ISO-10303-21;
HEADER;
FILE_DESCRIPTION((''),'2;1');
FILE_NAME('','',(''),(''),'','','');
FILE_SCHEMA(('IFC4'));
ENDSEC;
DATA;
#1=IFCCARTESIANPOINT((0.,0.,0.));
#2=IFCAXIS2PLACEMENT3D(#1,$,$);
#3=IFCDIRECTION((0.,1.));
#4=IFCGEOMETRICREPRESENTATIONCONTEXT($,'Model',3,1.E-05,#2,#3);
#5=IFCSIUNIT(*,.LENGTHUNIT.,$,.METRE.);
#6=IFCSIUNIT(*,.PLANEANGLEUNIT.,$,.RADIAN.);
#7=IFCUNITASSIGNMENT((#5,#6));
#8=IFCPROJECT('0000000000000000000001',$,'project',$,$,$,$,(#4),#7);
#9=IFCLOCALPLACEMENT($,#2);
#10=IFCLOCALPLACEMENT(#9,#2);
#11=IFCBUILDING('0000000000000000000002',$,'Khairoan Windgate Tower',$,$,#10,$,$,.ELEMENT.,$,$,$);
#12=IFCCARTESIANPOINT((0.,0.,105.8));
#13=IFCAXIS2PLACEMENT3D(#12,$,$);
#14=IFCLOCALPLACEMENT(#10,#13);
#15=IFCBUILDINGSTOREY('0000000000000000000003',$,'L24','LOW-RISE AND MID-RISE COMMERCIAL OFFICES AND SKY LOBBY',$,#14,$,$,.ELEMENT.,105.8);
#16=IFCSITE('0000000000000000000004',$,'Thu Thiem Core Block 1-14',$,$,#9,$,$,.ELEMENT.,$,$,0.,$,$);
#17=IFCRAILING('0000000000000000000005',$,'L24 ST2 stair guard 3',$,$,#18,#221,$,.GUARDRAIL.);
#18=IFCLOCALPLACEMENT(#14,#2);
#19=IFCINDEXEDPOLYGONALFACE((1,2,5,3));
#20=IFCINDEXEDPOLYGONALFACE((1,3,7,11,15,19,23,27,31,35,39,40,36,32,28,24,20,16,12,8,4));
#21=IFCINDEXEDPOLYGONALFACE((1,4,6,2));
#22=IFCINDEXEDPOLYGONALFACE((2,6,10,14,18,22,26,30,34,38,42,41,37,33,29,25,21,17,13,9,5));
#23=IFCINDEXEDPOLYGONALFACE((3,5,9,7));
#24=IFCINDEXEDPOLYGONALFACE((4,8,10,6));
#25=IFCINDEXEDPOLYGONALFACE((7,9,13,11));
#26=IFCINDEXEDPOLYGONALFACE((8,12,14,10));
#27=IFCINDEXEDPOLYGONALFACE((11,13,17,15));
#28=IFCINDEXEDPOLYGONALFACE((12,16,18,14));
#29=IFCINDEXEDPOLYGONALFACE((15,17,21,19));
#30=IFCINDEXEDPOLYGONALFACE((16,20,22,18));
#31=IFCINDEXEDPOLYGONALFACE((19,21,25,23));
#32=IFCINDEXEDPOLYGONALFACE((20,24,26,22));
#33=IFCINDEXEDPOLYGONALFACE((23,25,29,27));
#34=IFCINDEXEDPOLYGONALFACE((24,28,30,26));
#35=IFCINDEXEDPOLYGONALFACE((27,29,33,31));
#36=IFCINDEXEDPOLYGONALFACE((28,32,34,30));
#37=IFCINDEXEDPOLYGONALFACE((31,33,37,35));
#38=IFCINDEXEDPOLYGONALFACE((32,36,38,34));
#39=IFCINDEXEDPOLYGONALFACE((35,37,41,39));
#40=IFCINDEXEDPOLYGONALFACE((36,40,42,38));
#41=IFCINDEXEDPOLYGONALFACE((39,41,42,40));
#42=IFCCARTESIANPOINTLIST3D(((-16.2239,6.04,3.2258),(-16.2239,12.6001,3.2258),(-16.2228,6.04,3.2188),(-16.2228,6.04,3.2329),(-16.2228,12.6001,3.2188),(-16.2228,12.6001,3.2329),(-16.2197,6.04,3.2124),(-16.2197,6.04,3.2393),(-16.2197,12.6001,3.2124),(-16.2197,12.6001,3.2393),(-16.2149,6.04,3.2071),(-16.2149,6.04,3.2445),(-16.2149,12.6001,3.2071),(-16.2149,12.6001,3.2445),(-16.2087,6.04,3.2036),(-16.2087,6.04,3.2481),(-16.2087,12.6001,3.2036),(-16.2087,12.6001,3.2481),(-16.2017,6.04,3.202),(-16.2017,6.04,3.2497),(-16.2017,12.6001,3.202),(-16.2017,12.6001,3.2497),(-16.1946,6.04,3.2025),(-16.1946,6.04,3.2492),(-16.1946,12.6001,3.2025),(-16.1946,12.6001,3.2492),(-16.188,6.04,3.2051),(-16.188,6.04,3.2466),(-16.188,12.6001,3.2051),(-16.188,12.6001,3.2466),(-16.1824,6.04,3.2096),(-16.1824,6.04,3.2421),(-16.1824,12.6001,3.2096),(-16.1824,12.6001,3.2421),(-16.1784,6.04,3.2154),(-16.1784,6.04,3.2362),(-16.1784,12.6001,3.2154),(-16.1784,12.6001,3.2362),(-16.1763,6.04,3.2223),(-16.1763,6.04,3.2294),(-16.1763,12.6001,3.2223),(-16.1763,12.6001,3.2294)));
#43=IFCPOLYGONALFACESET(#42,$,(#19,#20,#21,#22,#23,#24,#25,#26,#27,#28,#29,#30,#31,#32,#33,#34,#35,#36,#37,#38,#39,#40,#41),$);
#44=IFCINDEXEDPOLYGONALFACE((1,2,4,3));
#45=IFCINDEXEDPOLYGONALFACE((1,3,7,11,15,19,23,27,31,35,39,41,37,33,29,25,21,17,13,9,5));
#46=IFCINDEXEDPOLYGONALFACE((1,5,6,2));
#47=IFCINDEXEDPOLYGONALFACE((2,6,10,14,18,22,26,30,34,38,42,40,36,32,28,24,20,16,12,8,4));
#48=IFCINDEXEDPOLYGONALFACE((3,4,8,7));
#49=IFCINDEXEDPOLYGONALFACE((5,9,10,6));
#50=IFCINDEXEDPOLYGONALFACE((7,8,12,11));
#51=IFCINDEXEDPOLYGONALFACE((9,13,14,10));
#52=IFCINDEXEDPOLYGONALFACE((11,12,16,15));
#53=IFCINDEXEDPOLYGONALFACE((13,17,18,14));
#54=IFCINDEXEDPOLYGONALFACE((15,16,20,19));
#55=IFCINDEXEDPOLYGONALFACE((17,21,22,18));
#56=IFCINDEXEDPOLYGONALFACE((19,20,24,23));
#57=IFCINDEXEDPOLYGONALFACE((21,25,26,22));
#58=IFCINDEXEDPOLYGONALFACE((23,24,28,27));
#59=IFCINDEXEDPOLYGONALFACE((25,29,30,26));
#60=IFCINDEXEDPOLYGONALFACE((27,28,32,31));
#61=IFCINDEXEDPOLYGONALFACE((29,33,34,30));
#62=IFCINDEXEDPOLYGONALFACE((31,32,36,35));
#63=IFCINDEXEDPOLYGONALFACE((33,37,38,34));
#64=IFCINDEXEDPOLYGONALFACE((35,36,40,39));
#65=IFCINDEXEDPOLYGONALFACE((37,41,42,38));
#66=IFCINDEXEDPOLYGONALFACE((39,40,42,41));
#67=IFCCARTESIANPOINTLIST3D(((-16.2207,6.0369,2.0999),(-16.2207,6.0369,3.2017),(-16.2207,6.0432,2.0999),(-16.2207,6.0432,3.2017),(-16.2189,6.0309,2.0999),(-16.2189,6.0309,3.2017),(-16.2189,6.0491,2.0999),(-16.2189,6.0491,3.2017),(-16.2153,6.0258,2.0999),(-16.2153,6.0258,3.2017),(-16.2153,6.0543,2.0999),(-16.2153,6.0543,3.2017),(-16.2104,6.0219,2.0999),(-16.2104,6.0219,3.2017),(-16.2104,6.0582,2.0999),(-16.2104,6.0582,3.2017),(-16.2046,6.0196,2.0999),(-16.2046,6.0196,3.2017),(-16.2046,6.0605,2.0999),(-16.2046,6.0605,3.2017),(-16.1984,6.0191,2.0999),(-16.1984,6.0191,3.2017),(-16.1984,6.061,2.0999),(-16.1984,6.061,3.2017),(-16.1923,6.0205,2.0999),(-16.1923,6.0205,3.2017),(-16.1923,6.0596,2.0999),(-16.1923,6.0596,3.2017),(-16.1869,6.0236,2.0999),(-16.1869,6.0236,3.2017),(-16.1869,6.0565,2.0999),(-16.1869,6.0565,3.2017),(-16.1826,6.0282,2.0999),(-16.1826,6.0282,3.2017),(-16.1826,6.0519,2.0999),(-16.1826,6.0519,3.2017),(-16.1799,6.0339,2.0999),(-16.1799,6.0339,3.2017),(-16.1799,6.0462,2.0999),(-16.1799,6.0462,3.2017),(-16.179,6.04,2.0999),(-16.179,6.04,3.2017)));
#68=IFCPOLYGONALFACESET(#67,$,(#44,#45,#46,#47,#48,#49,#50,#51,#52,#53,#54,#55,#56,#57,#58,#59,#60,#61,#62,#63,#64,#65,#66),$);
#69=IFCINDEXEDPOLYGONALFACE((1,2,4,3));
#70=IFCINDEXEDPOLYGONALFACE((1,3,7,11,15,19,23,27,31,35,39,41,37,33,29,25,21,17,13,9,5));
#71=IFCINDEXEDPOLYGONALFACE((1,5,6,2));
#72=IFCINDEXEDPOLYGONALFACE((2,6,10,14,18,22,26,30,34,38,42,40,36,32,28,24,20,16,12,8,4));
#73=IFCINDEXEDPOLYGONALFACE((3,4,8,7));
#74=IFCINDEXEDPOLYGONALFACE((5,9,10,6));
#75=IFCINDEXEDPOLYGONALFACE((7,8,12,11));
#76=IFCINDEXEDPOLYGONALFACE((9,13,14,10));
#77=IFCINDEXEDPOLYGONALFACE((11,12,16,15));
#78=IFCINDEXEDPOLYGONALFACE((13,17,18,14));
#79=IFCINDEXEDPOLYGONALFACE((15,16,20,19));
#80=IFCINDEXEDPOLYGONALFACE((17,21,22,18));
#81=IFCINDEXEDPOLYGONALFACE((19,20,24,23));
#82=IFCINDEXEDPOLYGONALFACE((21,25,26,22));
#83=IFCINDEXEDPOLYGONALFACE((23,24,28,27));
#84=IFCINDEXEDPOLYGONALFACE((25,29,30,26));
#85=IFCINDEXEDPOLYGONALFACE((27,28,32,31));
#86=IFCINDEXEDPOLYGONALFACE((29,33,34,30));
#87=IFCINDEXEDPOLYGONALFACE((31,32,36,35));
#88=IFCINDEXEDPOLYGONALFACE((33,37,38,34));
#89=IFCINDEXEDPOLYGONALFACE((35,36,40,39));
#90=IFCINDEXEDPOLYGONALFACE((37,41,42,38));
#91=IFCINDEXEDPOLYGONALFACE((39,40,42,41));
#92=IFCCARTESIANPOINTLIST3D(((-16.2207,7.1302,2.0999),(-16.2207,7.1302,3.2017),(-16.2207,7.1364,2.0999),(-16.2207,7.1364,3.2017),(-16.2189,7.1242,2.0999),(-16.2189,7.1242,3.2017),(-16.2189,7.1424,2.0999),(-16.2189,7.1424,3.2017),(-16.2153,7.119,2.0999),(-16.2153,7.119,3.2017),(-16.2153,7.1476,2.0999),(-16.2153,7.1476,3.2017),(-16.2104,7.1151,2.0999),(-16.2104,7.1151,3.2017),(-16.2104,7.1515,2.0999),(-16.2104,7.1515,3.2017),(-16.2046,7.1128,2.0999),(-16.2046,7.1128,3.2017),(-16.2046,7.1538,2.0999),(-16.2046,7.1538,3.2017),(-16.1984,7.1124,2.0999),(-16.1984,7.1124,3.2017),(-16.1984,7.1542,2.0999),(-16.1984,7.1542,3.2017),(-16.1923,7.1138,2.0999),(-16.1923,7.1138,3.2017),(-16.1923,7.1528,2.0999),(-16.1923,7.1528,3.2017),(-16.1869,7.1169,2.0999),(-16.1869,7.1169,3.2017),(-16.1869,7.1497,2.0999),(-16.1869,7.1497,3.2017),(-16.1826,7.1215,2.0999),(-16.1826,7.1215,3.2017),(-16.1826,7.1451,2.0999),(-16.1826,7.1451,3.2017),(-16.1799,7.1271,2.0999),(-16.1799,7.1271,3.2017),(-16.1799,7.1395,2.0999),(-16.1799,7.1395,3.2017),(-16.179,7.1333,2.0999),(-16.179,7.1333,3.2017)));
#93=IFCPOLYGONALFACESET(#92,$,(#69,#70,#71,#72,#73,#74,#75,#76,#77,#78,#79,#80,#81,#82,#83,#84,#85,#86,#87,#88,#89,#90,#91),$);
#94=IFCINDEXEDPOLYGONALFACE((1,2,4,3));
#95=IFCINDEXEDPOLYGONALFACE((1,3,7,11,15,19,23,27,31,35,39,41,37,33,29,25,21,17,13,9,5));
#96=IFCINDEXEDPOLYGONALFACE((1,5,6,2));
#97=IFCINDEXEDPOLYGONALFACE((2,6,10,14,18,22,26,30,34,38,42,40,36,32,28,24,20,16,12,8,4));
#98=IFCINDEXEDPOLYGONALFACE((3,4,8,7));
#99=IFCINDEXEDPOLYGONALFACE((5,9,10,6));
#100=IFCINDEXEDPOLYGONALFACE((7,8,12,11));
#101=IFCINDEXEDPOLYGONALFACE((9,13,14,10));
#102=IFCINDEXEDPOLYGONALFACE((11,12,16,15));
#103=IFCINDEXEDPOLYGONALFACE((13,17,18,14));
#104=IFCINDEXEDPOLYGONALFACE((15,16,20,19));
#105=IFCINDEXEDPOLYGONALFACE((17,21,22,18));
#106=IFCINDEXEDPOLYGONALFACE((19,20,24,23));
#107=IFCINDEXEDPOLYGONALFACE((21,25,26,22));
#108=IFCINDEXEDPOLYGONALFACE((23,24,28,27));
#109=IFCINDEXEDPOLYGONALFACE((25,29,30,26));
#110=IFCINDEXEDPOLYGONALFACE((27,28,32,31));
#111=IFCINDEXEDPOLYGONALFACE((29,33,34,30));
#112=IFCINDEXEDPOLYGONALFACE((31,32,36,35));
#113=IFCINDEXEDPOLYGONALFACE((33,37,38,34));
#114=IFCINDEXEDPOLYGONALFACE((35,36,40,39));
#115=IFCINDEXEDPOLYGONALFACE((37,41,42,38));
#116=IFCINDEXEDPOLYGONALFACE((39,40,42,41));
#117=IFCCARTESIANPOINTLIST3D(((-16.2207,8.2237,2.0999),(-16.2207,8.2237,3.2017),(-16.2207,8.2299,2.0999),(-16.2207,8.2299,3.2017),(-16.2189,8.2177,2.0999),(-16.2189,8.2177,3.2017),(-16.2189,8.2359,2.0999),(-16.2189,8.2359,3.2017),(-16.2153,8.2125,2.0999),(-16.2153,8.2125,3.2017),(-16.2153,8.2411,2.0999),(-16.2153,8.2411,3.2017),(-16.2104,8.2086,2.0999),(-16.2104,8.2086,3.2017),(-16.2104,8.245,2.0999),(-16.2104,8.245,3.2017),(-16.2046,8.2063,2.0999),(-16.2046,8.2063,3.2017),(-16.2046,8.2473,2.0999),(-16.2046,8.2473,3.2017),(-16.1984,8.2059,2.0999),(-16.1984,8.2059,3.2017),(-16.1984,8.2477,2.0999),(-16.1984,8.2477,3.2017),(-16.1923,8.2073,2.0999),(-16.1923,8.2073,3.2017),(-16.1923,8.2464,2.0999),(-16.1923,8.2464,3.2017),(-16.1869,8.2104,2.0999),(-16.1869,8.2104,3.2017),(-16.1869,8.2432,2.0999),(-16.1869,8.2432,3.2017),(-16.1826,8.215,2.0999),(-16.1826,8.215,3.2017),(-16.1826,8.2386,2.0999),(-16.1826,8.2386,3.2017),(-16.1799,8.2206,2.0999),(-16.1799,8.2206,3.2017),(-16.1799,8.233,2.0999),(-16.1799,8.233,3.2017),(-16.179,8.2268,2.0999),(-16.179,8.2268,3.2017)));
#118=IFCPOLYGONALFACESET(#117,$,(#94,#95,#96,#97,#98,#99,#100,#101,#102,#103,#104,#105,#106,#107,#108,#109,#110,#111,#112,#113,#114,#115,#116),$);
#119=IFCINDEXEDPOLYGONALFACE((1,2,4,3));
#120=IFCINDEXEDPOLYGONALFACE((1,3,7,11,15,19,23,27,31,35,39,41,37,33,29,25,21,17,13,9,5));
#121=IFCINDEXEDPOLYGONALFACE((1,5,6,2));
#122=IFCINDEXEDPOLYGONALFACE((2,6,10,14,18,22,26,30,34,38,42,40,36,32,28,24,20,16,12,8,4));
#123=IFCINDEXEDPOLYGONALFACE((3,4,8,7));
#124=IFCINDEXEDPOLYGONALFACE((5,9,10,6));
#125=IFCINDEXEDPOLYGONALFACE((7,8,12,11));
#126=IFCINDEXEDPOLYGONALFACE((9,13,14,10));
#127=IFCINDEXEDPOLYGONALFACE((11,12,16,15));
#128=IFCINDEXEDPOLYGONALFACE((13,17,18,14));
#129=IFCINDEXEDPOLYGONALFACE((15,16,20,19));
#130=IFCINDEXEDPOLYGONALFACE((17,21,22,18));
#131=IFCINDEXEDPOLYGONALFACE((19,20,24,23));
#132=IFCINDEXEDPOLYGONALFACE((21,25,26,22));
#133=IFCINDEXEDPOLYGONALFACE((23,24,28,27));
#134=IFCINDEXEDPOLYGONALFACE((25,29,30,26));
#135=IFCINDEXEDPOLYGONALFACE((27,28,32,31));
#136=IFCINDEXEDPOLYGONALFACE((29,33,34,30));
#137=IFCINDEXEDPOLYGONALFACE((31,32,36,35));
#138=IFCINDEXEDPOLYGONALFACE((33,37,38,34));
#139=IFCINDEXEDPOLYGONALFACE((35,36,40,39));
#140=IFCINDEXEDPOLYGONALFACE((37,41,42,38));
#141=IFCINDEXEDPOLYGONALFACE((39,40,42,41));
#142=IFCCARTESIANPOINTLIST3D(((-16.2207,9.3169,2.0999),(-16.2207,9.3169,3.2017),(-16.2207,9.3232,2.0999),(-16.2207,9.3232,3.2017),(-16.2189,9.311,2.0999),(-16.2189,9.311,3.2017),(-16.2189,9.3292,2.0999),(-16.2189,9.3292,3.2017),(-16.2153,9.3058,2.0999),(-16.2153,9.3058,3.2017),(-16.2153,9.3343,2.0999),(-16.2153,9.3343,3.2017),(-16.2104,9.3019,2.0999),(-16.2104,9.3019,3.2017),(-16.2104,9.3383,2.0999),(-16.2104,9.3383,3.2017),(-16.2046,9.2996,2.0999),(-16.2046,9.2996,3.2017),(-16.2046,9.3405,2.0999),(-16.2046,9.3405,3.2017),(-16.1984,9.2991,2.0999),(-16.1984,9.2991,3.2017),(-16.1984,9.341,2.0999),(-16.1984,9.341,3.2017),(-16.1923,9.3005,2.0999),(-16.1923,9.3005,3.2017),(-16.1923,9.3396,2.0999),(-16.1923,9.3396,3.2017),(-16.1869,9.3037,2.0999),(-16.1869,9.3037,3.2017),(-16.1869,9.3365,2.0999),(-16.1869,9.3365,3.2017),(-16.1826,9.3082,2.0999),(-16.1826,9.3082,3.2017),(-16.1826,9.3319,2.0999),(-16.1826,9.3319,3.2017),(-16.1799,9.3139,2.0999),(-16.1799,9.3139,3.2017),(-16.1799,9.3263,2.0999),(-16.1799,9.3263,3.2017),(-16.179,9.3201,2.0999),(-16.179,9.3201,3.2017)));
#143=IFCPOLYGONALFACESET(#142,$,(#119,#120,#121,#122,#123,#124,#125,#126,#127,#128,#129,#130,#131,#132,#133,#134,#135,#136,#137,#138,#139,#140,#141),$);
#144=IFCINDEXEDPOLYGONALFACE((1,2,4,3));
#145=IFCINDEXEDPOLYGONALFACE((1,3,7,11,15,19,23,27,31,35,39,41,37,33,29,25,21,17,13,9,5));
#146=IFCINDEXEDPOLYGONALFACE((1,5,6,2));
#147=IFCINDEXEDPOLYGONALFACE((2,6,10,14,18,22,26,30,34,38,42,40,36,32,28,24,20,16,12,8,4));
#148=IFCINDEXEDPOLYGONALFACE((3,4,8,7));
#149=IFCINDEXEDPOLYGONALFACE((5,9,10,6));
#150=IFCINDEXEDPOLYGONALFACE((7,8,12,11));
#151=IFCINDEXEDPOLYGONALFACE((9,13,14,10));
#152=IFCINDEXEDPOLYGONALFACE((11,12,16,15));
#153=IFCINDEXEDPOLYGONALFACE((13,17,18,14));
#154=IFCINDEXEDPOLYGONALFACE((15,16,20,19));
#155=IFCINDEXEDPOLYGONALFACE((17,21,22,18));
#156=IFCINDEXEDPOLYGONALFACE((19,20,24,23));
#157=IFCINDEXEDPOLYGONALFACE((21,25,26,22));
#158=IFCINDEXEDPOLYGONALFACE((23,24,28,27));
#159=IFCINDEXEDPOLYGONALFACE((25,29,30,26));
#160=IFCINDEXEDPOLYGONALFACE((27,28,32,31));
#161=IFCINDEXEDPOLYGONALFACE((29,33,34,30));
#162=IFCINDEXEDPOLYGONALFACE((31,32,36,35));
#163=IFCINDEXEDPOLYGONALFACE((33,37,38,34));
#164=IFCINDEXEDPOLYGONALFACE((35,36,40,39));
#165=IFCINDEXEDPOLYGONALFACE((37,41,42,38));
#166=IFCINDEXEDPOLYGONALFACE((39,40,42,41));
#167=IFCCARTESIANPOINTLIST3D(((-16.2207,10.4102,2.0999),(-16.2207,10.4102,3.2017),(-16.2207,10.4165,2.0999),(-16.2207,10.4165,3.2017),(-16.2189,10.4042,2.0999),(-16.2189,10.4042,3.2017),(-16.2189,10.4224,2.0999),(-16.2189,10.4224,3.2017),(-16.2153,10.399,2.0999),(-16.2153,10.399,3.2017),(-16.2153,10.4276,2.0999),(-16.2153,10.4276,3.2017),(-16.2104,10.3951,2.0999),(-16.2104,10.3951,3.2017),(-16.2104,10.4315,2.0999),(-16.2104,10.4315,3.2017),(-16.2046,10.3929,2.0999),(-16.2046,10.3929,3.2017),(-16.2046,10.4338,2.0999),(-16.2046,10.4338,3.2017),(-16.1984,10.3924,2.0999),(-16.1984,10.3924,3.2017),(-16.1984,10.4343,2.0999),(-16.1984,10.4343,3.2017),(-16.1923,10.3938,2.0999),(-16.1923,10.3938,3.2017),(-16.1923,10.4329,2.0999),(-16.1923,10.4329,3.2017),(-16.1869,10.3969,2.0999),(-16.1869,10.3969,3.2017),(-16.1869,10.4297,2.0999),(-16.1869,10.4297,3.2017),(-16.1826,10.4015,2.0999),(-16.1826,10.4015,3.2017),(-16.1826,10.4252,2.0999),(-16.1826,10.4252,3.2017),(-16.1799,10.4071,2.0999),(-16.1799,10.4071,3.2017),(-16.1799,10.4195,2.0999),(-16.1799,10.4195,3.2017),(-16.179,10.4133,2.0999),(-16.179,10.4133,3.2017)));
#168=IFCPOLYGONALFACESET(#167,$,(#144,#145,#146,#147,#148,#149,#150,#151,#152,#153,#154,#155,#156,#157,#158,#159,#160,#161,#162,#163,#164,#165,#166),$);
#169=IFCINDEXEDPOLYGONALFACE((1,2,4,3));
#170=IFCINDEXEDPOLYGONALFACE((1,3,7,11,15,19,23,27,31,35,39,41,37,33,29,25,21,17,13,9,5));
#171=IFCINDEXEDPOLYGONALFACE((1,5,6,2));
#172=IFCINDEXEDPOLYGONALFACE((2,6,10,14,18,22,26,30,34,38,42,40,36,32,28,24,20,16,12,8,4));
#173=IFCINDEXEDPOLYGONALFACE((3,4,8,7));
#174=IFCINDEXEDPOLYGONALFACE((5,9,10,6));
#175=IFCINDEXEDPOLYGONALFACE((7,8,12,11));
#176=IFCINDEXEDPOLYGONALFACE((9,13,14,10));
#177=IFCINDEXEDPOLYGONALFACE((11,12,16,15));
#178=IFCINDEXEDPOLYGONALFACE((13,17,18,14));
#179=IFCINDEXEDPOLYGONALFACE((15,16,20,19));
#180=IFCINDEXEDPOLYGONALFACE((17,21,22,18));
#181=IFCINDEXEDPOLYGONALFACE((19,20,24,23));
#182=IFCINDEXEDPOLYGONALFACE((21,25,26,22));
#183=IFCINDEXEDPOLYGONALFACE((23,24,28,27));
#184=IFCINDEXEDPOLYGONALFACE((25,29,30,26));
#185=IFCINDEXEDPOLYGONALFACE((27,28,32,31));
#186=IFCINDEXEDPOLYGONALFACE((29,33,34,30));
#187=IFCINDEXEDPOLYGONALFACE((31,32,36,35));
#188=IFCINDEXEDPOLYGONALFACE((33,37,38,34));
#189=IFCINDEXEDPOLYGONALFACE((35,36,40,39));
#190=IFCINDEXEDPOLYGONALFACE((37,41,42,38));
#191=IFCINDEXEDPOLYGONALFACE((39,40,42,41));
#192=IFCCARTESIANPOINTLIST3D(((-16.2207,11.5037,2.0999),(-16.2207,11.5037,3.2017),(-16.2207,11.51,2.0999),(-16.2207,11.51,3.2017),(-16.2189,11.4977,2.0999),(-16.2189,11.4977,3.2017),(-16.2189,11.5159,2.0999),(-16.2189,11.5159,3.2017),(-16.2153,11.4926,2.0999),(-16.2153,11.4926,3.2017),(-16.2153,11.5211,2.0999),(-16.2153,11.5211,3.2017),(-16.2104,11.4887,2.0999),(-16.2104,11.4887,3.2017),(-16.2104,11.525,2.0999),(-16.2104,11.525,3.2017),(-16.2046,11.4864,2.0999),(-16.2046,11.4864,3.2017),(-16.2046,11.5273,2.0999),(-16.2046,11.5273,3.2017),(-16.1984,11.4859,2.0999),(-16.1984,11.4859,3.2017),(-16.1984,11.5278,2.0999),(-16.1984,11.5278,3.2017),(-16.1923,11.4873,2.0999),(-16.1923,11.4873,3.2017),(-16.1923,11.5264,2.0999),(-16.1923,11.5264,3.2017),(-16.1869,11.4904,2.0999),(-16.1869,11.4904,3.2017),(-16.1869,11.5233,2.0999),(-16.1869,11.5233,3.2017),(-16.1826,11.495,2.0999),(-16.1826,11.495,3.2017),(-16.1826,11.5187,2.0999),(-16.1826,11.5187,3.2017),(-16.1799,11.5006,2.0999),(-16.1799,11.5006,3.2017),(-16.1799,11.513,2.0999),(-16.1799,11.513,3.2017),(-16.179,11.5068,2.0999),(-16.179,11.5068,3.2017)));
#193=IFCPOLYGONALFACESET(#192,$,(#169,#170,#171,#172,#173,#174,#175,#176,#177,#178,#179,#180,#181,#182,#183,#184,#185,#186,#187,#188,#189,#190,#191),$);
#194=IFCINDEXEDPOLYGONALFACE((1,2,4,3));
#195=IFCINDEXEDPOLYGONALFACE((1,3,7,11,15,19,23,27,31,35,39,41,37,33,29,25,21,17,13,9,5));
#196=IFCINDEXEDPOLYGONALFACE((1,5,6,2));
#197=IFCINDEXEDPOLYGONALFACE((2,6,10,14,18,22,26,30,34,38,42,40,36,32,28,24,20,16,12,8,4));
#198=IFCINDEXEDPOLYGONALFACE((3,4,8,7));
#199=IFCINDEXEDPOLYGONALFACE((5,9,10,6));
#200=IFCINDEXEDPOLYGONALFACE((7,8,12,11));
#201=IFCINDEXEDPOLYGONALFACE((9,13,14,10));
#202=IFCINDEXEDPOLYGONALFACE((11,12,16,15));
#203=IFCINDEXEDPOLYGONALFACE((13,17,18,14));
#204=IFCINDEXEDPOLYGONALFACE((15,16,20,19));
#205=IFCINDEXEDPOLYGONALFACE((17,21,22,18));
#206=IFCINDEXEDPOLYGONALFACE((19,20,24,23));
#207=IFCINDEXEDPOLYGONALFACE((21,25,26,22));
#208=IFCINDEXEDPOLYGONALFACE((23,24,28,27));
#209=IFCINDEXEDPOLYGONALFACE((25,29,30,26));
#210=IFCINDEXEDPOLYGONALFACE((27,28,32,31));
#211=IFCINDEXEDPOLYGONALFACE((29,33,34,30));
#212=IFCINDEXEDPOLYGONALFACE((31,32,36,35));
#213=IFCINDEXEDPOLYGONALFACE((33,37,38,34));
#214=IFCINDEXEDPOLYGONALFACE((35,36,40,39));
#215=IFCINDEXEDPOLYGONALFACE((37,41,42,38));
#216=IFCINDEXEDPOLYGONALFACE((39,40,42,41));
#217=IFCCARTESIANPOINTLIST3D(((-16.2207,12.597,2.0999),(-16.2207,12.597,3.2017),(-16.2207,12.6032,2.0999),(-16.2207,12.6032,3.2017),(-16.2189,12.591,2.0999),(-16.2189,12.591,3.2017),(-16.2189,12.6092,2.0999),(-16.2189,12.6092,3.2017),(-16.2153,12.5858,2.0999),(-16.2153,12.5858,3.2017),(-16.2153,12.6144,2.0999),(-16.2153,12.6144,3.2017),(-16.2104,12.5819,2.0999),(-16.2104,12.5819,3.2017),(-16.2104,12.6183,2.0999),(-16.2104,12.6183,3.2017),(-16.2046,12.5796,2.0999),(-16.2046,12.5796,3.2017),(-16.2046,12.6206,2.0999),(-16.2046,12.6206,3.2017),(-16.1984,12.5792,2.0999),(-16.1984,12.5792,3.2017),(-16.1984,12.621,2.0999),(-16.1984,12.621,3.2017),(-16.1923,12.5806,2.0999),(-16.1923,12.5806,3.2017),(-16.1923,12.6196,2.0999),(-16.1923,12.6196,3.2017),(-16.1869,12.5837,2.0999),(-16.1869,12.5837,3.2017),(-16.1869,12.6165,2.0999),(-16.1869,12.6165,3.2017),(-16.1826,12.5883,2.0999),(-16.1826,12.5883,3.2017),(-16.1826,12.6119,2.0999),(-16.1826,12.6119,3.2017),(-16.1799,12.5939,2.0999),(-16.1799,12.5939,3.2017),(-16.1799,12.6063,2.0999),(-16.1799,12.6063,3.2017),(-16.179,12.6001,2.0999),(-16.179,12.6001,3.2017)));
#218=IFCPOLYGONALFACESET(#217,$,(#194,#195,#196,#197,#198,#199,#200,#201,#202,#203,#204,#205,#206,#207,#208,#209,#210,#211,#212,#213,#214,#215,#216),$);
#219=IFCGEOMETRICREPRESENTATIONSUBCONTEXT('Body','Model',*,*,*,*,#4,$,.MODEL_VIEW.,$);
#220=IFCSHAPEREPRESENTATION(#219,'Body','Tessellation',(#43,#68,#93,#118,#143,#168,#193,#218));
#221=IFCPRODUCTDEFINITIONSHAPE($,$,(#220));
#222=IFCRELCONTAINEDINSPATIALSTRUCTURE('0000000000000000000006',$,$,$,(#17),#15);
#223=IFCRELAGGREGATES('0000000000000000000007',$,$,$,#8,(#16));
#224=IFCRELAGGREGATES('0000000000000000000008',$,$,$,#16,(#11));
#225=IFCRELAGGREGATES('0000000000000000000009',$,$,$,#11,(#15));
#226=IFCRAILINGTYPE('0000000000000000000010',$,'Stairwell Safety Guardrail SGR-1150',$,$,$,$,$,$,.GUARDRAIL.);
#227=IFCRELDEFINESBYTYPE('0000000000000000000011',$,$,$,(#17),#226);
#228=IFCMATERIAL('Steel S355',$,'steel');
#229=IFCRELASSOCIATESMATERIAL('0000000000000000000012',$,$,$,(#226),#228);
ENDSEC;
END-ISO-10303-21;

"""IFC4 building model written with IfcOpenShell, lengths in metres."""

from ifc_helpers import new_model, si_unit, direction, frame, origin, origin_2d, place, context, subcontext, project, spatial, circle, extrude, material, type_object, element, save


model = new_model("IFC4")

# Units and contexts
model_context = context("Model", 3, precision=1e-05, world=origin(), true_north=direction((0.0, 1.0)))
body_context = subcontext(model_context, "Body", "Model", "MODEL_VIEW")
ifc_project = project(units=[si_unit("LENGTHUNIT", "METRE"), si_unit("PLANEANGLEUNIT", "RADIAN")], contexts=[model_context])

# Site, building, storey
site_placement = place(None, origin())
site = spatial("IfcSite", under=ifc_project, at=site_placement, Name="Thu Thiem Core Block 1-14", CompositionType="ELEMENT", RefElevation=0.0)
building_placement = place(site_placement, origin())
building = spatial("IfcBuilding", under=site, at=building_placement, Name="Khairoan Windgate Tower", CompositionType="ELEMENT")
storey_placement = place(building_placement, frame((0.0, 0.0, 105.8)))
storey = spatial("IfcBuildingStorey", under=building, at=storey_placement, Name="L24", Description="LOW-RISE AND MID-RISE COMMERCIAL OFFICES AND SKY LOBBY", CompositionType="ELEMENT", Elevation=105.8)

# Railing
ifc_material_1 = material(Name="Steel S355", Category="steel")
railing_type_1 = type_object("IfcRailingType", Name="Stairwell Safety Guardrail SGR-1150", PredefinedType="GUARDRAIL", material=ifc_material_1)
railing_1_placement = place(storey_placement, frame((-16.2, 6.04, 2.0999)))
element("IfcRailing", 1, at=railing_1_placement, inside=storey, type_object=railing_type_1, Name="L24 ST2 stair guard 3", PredefinedType="GUARDRAIL", context=body_context, shape_type="SweptSolid", body=[
    extrude(circle(Radius=0.0239, at=origin_2d()), frame((0.0, 0.0, 1.126), z_axis=(0.0, 1.0, 0.0), x_axis=(-1.0, 0.0, 0.0)), (0.0, 0.0, 1.0), 6.5601),
    extrude(circle(Radius=0.021, at=origin_2d()), origin(), (0.0, 0.0, 1.0), 1.1018),
    extrude(circle(Radius=0.021, at=origin_2d()), frame((0.0, 1.0933, 0.0)), (0.0, 0.0, 1.0), 1.1018),
    extrude(circle(Radius=0.021, at=origin_2d()), frame((0.0, 2.1868, 0.0)), (0.0, 0.0, 1.0), 1.1018),
    extrude(circle(Radius=0.021, at=origin_2d()), frame((0.0, 3.28, 0.0)), (0.0, 0.0, 1.0), 1.1018),
    extrude(circle(Radius=0.021, at=origin_2d()), frame((0.0, 4.3733, 0.0)), (0.0, 0.0, 1.0), 1.1018),
    extrude(circle(Radius=0.021, at=origin_2d()), frame((0.0, 5.4668, 0.0)), (0.0, 0.0, 1.0), 1.1018),
    extrude(circle(Radius=0.021, at=origin_2d()), frame((0.0, 6.5601, 0.0)), (0.0, 0.0, 1.0), 1.1018),
])

save(model, "model.ifc")
